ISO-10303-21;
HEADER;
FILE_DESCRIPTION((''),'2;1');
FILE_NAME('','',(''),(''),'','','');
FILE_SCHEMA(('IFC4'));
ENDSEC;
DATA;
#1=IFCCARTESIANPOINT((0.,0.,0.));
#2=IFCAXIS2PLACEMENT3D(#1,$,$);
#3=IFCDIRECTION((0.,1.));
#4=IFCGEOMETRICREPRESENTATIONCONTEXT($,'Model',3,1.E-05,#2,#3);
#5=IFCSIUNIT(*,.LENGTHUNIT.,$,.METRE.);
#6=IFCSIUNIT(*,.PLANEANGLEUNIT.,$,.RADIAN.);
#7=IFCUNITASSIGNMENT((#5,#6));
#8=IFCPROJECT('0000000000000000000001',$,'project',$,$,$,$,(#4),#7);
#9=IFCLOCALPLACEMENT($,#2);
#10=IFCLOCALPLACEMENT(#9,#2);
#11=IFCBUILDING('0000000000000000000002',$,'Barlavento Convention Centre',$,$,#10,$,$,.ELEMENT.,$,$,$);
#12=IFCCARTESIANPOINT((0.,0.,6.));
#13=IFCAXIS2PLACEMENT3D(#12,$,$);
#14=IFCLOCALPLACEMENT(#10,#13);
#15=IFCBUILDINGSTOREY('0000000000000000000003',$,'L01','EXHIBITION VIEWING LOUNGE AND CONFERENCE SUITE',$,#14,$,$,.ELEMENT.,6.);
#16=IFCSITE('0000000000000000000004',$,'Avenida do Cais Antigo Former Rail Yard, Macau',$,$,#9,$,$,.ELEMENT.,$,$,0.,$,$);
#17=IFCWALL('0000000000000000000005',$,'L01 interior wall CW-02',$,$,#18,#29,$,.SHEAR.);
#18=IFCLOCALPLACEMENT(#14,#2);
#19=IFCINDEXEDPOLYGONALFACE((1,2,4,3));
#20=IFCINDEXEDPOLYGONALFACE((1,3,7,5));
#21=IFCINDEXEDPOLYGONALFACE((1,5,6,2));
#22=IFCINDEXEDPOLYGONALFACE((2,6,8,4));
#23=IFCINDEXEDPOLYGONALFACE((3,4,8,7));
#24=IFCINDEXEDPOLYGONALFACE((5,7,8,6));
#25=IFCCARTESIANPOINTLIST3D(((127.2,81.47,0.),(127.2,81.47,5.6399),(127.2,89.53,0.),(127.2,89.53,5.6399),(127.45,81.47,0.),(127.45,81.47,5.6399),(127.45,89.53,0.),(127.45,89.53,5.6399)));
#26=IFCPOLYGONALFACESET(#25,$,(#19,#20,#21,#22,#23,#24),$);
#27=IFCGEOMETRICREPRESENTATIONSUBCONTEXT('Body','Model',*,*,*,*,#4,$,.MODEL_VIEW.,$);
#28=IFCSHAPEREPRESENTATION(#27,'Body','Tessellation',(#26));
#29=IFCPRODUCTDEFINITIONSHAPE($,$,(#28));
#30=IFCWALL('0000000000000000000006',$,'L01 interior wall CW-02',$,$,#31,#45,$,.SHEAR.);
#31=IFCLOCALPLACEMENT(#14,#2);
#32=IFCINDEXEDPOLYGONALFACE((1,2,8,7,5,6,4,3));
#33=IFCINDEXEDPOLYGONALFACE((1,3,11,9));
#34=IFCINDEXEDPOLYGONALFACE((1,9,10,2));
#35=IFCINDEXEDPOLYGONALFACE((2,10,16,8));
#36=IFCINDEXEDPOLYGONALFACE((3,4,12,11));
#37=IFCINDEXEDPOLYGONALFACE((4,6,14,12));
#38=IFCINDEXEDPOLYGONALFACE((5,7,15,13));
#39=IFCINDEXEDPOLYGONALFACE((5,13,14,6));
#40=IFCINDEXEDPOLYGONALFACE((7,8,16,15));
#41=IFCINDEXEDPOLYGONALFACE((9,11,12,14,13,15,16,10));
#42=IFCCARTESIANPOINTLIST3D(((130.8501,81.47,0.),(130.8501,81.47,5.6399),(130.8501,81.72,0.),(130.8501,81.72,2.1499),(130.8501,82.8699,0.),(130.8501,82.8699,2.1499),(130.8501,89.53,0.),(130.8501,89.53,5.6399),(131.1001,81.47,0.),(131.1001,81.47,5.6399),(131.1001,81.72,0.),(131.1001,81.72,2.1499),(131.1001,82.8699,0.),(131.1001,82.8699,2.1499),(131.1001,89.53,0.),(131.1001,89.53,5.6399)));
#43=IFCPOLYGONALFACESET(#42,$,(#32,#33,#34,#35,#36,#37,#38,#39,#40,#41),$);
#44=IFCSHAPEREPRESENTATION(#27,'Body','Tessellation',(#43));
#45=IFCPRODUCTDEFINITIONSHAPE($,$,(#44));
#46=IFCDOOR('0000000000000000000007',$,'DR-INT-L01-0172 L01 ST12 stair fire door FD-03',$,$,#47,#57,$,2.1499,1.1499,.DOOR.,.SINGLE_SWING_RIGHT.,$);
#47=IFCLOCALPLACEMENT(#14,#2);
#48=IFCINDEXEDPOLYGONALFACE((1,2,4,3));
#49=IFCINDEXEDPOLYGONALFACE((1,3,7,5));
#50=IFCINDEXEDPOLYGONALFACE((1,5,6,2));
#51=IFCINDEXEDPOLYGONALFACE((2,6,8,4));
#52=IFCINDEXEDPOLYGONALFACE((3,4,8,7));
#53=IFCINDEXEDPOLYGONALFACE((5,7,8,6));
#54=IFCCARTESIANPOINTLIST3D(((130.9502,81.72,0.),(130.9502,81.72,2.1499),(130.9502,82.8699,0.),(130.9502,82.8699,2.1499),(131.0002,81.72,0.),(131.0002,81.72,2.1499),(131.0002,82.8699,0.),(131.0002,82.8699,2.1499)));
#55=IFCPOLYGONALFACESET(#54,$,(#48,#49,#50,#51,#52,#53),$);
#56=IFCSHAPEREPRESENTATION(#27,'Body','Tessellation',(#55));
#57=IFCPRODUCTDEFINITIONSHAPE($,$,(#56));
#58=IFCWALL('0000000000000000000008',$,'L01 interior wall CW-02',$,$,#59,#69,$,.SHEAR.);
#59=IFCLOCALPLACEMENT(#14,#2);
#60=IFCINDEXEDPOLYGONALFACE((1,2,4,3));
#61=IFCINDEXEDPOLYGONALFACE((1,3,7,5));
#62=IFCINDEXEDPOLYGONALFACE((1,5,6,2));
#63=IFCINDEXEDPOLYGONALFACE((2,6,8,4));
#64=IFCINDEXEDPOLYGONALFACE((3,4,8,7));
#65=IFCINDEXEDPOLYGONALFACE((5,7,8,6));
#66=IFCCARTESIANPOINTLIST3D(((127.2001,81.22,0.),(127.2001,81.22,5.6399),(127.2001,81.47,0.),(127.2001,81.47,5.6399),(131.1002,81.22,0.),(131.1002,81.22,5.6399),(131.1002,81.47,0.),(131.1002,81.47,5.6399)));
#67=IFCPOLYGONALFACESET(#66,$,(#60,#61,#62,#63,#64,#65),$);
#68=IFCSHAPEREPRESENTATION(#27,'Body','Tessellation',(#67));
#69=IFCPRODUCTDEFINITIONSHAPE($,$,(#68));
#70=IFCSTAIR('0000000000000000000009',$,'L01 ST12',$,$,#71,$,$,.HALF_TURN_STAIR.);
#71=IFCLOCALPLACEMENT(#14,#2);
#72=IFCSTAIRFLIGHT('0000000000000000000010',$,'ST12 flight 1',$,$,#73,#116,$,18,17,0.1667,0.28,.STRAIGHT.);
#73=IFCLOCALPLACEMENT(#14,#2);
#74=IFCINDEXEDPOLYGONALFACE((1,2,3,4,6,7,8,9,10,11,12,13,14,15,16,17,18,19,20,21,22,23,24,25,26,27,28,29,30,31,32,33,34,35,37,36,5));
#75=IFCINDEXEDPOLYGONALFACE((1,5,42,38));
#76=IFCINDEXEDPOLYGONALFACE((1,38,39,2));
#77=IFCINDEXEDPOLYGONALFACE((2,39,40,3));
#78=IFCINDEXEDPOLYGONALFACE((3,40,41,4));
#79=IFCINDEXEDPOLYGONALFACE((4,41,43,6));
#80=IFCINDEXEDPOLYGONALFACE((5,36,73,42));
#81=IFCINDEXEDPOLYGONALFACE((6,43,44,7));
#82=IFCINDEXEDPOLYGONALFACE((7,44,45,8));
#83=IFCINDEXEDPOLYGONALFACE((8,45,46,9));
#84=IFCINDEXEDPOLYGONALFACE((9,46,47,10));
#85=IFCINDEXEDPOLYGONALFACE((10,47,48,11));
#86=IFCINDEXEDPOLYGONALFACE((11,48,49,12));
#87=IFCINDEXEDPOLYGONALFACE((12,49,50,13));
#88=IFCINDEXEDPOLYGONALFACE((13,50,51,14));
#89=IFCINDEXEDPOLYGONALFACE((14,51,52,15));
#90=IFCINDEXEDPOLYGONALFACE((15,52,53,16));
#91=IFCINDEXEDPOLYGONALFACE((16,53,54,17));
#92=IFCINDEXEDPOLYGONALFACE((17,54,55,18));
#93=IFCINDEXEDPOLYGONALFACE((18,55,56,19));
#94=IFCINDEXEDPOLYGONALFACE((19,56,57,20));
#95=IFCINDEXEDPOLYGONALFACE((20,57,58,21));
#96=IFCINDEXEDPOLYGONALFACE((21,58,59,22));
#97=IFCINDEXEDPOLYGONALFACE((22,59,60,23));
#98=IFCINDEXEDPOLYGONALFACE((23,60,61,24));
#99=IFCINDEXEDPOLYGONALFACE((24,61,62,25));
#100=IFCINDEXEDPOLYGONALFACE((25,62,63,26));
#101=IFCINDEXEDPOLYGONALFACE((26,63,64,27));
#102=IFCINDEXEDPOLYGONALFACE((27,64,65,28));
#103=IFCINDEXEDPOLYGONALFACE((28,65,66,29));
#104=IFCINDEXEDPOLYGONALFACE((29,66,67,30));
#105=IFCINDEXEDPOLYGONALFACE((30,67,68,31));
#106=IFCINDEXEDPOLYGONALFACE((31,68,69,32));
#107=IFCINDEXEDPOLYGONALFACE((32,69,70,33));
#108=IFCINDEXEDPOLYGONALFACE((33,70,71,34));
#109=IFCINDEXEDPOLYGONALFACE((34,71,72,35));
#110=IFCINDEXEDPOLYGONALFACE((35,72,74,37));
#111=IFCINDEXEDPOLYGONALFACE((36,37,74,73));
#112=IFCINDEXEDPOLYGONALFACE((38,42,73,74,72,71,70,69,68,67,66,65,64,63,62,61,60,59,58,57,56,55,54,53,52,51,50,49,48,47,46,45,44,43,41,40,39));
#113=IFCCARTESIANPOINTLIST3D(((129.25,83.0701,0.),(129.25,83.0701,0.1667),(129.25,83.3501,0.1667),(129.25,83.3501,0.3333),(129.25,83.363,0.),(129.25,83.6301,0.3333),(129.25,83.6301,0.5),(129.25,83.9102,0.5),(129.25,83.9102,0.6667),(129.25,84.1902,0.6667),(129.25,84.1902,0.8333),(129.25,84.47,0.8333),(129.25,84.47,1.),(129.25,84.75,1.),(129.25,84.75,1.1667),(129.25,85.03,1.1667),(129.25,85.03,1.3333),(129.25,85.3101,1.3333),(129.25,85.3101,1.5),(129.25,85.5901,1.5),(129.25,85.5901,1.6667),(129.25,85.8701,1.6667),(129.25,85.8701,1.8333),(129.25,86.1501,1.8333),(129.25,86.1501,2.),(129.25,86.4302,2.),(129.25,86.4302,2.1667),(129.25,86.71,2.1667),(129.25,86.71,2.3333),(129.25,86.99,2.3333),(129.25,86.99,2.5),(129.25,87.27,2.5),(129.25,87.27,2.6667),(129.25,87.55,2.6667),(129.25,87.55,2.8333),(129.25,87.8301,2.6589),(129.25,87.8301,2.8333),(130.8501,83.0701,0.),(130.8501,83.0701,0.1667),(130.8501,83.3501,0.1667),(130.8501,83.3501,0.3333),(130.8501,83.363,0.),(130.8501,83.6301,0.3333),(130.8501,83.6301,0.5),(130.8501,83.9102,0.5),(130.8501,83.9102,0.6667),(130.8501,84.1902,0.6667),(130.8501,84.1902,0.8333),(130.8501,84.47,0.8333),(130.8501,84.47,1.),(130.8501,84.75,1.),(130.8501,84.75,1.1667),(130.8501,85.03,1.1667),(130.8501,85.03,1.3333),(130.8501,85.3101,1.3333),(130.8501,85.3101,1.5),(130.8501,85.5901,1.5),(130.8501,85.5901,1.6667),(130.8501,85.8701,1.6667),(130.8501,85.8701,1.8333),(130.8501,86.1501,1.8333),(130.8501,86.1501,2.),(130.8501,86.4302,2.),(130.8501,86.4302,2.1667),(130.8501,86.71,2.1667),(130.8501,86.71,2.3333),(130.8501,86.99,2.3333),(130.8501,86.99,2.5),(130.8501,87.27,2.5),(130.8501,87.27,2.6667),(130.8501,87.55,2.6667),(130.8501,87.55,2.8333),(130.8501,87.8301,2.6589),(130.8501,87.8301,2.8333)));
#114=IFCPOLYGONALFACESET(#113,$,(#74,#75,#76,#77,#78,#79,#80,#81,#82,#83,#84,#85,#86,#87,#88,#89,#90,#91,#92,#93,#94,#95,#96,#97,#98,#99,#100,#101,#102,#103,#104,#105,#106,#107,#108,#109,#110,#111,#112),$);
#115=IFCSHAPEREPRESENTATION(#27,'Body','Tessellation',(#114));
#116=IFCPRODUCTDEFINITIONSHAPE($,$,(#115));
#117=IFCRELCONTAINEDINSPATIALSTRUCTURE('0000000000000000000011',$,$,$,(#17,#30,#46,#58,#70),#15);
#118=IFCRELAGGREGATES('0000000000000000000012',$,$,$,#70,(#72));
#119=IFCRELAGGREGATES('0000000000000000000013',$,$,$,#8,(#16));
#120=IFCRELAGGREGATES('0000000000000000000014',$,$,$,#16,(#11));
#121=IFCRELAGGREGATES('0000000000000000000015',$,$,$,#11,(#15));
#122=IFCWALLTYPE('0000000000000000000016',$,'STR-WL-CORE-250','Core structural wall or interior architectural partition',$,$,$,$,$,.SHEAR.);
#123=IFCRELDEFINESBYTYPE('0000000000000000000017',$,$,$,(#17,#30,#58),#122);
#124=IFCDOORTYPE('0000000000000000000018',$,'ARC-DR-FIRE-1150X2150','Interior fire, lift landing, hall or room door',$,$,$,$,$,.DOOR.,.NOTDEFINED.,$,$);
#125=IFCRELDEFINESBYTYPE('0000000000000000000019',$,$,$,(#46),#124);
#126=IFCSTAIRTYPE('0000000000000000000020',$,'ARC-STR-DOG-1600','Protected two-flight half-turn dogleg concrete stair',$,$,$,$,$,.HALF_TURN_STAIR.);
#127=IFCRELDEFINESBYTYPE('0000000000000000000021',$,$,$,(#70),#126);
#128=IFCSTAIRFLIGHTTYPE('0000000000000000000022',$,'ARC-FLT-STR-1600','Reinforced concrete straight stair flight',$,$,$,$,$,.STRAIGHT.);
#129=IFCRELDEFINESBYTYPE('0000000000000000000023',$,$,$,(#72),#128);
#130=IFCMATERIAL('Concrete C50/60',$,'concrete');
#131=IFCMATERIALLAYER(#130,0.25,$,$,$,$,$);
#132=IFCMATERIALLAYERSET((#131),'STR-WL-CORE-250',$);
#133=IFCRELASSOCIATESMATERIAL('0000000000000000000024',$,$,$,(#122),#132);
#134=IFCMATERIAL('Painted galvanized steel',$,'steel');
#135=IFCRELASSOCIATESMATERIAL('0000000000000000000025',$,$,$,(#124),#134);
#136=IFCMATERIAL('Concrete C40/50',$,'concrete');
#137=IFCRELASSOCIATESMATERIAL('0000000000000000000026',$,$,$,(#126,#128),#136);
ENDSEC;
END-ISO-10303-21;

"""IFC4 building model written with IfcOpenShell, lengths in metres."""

from ifc_helpers import new_model, si_unit, direction, frame, frame_2d, origin, place, context, subcontext, project, spatial, polyline, rectangle, outline, extrude, material, layer, layer_set, type_object, element, fill, aggregate, save


model = new_model("IFC4")

# Units and contexts
model_context = context("Model", 3, precision=1e-05, world=origin(), true_north=direction((0.0, 1.0)))
body_context = subcontext(model_context, "Body", "Model", "MODEL_VIEW")
ifc_project = project(units=[si_unit("LENGTHUNIT", "METRE"), si_unit("PLANEANGLEUNIT", "RADIAN")], contexts=[model_context])

# Site, building, storey
site_placement = place(None, origin())
site = spatial("IfcSite", under=ifc_project, at=site_placement, Name="Avenida do Cais Antigo Former Rail Yard, Macau", CompositionType="ELEMENT", RefElevation=0.0)
building_placement = place(site_placement, origin())
building = spatial("IfcBuilding", under=site, at=building_placement, Name="Barlavento Convention Centre", CompositionType="ELEMENT")
storey_placement = place(building_placement, frame((0.0, 0.0, 6.0)))
storey = spatial("IfcBuildingStorey", under=building, at=storey_placement, Name="L01", Description="EXHIBITION VIEWING LOUNGE AND CONFERENCE SUITE", CompositionType="ELEMENT", Elevation=6.0)

# Wall
ifc_material_1 = material(Name="Concrete C50/60", Category="concrete")
ifc_layer_1 = layer(ifc_material_1, 0.25)
ifc_layer_set_1 = layer_set([ifc_layer_1], Name="STR-WL-CORE-250")
wall_type = type_object("IfcWallType", Name="STR-WL-CORE-250", Description="Core structural wall or interior architectural partition", PredefinedType="SHEAR", material=ifc_layer_set_1)
wall_1_placement = place(storey_placement, frame((127.325, 81.47, 0.0), z_axis=(0.0, 0.0, 1.0), x_axis=(0.0, 1.0, 0.0)))
element("IfcWall", 1, at=wall_1_placement, inside=storey, type_object=wall_type, Name="L01 interior wall CW-02", PredefinedType="SHEAR", context=body_context, shape_type="SweptSolid", body=[
    extrude(rectangle(XDim=8.0601, YDim=0.25, at=frame_2d((4.03, 0.0))), origin(), (0.0, 0.0, 1.0), 5.6399),
])

# Wall, opening, door
wall_2_placement = place(storey_placement, frame((130.9751, 81.47, 0.0), z_axis=(0.0, 0.0, 1.0), x_axis=(0.0, 1.0, 0.0)))
wall_2 = element("IfcWall", 2, at=wall_2_placement, inside=storey, type_object=wall_type, Name="L01 interior wall CW-02", PredefinedType="SHEAR", context=body_context, shape_type="SweptSolid", body=[
    extrude(rectangle(XDim=8.0601, YDim=0.25, at=frame_2d((4.03, 0.0))), origin(), (0.0, 0.0, 1.0), 5.6399),
])
opening_placement = place(wall_2_placement, frame((0.25, 0.0, 0.0)))
opening = element("IfcOpeningElement", 3, at=opening_placement, cuts=wall_2, PredefinedType="OPENING", context=body_context, shape_type="SweptSolid", body=[
    extrude(rectangle(XDim=1.1499, YDim=2.1499, at=frame_2d((0.575, 1.075))), frame((0.0, 0.135, 0.0), z_axis=(0.0, -1.0, 0.0), x_axis=(1.0, 0.0, 0.0)), (0.0, 0.0, 1.0), 0.27),
])
ifc_material_2 = material(Name="Painted galvanized steel", Category="steel")
door_type = type_object("IfcDoorType", Name="ARC-DR-FIRE-1150X2150", Description="Interior fire, lift landing, hall or room door", OperationType="NOTDEFINED", PredefinedType="DOOR", material=ifc_material_2)
door_placement = place(opening_placement, origin())
door = element("IfcDoor", 4, at=door_placement, inside=storey, type_object=door_type, Name="DR-INT-L01-0172 L01 ST12 stair fire door FD-03", OperationType="SINGLE_SWING_RIGHT", OverallHeight=2.1499, OverallWidth=1.1499, PredefinedType="DOOR", context=body_context, shape_type="SweptSolid", body=[
    extrude(rectangle(XDim=1.1499, YDim=2.1499, at=frame_2d((0.575, 1.075))), frame((0.0, 0.0249, 0.0), z_axis=(0.0, -1.0, 0.0), x_axis=(1.0, 0.0, 0.0)), (0.0, 0.0, 1.0), 0.05),
])
fill(opening, door)

# Wall
wall_3_placement = place(storey_placement, frame((127.2, 81.345, 0.0), z_axis=(0.0, 0.0, 1.0), x_axis=(1.0, 0.0, 0.0)))
element("IfcWall", 5, at=wall_3_placement, inside=storey, type_object=wall_type, Name="L01 interior wall CW-02", PredefinedType="SHEAR", context=body_context, shape_type="SweptSolid", body=[
    extrude(rectangle(XDim=3.9001, YDim=0.25, at=frame_2d((1.9502, 0.0))), origin(), (0.0, 0.0, 1.0), 5.6399),
])

# Stair, stair flight
ifc_material_3 = material(Name="Concrete C40/50", Category="concrete")
stair_type = type_object("IfcStairType", Name="ARC-STR-DOG-1600", Description="Protected two-flight half-turn dogleg concrete stair", PredefinedType="HALF_TURN_STAIR", material=ifc_material_3)
stair_placement = place(storey_placement, origin())
stair = element("IfcStair", 6, at=stair_placement, inside=storey, type_object=stair_type, Name="L01 ST12", PredefinedType="HALF_TURN_STAIR")
stair_flight_type = type_object("IfcStairFlightType", Name="ARC-FLT-STR-1600", Description="Reinforced concrete straight stair flight", PredefinedType="STRAIGHT", material=ifc_material_3)
stair_flight_placement = place(storey_placement, frame((130.05, 83.0701, 0.0), z_axis=(0.0, 0.0, 1.0), x_axis=(0.0, 1.0, 0.0)))
stair_flight = element("IfcStairFlight", 7, at=stair_flight_placement, type_object=stair_flight_type, Name="ST12 flight 1", NumberOfRisers=18, NumberOfTreads=17, PredefinedType="STRAIGHT", RiserHeight=0.1667, TreadLength=0.28, context=body_context, shape_type="SweptSolid", body=[
    extrude(outline(polyline([(0.0, 0.0), (0.0, 0.1667), (0.28, 0.1667), (0.28, 0.3333), (0.5601, 0.3333), (0.5601, 0.5), (0.8401, 0.5), (0.8401, 0.6667), (1.1201, 0.6667), (1.1201, 0.8333), (1.3999, 0.8333), (1.3999, 1.0), (1.6799, 1.0), (1.6799, 1.1667), (1.96, 1.1667), (1.96, 1.3333), (2.24, 1.3333), (2.24, 1.5), (2.52, 1.5), (2.52, 1.6667), (2.8, 1.6667), (2.8, 1.8333), (3.0801, 1.8333), (3.0801, 2.0), (3.3601, 2.0), (3.3601, 2.1667), (3.6399, 2.1667), (3.6399, 2.3333), (3.9199, 2.3333), (3.9199, 2.5), (4.2, 2.5), (4.2, 2.6667), (4.48, 2.6667), (4.48, 2.8333), (4.76, 2.8333), (4.76, 3.0), (4.76, 2.6589), (0.293, 0.0), (0.0, 0.0)])), frame((0.0, 0.8, 0.0), z_axis=(0.0, -1.0, 0.0), x_axis=(1.0, 0.0, 0.0)), (0.0, 0.0, 1.0), 1.6001),
])
aggregate(stair, [stair_flight])

save(model, "model.ifc")
